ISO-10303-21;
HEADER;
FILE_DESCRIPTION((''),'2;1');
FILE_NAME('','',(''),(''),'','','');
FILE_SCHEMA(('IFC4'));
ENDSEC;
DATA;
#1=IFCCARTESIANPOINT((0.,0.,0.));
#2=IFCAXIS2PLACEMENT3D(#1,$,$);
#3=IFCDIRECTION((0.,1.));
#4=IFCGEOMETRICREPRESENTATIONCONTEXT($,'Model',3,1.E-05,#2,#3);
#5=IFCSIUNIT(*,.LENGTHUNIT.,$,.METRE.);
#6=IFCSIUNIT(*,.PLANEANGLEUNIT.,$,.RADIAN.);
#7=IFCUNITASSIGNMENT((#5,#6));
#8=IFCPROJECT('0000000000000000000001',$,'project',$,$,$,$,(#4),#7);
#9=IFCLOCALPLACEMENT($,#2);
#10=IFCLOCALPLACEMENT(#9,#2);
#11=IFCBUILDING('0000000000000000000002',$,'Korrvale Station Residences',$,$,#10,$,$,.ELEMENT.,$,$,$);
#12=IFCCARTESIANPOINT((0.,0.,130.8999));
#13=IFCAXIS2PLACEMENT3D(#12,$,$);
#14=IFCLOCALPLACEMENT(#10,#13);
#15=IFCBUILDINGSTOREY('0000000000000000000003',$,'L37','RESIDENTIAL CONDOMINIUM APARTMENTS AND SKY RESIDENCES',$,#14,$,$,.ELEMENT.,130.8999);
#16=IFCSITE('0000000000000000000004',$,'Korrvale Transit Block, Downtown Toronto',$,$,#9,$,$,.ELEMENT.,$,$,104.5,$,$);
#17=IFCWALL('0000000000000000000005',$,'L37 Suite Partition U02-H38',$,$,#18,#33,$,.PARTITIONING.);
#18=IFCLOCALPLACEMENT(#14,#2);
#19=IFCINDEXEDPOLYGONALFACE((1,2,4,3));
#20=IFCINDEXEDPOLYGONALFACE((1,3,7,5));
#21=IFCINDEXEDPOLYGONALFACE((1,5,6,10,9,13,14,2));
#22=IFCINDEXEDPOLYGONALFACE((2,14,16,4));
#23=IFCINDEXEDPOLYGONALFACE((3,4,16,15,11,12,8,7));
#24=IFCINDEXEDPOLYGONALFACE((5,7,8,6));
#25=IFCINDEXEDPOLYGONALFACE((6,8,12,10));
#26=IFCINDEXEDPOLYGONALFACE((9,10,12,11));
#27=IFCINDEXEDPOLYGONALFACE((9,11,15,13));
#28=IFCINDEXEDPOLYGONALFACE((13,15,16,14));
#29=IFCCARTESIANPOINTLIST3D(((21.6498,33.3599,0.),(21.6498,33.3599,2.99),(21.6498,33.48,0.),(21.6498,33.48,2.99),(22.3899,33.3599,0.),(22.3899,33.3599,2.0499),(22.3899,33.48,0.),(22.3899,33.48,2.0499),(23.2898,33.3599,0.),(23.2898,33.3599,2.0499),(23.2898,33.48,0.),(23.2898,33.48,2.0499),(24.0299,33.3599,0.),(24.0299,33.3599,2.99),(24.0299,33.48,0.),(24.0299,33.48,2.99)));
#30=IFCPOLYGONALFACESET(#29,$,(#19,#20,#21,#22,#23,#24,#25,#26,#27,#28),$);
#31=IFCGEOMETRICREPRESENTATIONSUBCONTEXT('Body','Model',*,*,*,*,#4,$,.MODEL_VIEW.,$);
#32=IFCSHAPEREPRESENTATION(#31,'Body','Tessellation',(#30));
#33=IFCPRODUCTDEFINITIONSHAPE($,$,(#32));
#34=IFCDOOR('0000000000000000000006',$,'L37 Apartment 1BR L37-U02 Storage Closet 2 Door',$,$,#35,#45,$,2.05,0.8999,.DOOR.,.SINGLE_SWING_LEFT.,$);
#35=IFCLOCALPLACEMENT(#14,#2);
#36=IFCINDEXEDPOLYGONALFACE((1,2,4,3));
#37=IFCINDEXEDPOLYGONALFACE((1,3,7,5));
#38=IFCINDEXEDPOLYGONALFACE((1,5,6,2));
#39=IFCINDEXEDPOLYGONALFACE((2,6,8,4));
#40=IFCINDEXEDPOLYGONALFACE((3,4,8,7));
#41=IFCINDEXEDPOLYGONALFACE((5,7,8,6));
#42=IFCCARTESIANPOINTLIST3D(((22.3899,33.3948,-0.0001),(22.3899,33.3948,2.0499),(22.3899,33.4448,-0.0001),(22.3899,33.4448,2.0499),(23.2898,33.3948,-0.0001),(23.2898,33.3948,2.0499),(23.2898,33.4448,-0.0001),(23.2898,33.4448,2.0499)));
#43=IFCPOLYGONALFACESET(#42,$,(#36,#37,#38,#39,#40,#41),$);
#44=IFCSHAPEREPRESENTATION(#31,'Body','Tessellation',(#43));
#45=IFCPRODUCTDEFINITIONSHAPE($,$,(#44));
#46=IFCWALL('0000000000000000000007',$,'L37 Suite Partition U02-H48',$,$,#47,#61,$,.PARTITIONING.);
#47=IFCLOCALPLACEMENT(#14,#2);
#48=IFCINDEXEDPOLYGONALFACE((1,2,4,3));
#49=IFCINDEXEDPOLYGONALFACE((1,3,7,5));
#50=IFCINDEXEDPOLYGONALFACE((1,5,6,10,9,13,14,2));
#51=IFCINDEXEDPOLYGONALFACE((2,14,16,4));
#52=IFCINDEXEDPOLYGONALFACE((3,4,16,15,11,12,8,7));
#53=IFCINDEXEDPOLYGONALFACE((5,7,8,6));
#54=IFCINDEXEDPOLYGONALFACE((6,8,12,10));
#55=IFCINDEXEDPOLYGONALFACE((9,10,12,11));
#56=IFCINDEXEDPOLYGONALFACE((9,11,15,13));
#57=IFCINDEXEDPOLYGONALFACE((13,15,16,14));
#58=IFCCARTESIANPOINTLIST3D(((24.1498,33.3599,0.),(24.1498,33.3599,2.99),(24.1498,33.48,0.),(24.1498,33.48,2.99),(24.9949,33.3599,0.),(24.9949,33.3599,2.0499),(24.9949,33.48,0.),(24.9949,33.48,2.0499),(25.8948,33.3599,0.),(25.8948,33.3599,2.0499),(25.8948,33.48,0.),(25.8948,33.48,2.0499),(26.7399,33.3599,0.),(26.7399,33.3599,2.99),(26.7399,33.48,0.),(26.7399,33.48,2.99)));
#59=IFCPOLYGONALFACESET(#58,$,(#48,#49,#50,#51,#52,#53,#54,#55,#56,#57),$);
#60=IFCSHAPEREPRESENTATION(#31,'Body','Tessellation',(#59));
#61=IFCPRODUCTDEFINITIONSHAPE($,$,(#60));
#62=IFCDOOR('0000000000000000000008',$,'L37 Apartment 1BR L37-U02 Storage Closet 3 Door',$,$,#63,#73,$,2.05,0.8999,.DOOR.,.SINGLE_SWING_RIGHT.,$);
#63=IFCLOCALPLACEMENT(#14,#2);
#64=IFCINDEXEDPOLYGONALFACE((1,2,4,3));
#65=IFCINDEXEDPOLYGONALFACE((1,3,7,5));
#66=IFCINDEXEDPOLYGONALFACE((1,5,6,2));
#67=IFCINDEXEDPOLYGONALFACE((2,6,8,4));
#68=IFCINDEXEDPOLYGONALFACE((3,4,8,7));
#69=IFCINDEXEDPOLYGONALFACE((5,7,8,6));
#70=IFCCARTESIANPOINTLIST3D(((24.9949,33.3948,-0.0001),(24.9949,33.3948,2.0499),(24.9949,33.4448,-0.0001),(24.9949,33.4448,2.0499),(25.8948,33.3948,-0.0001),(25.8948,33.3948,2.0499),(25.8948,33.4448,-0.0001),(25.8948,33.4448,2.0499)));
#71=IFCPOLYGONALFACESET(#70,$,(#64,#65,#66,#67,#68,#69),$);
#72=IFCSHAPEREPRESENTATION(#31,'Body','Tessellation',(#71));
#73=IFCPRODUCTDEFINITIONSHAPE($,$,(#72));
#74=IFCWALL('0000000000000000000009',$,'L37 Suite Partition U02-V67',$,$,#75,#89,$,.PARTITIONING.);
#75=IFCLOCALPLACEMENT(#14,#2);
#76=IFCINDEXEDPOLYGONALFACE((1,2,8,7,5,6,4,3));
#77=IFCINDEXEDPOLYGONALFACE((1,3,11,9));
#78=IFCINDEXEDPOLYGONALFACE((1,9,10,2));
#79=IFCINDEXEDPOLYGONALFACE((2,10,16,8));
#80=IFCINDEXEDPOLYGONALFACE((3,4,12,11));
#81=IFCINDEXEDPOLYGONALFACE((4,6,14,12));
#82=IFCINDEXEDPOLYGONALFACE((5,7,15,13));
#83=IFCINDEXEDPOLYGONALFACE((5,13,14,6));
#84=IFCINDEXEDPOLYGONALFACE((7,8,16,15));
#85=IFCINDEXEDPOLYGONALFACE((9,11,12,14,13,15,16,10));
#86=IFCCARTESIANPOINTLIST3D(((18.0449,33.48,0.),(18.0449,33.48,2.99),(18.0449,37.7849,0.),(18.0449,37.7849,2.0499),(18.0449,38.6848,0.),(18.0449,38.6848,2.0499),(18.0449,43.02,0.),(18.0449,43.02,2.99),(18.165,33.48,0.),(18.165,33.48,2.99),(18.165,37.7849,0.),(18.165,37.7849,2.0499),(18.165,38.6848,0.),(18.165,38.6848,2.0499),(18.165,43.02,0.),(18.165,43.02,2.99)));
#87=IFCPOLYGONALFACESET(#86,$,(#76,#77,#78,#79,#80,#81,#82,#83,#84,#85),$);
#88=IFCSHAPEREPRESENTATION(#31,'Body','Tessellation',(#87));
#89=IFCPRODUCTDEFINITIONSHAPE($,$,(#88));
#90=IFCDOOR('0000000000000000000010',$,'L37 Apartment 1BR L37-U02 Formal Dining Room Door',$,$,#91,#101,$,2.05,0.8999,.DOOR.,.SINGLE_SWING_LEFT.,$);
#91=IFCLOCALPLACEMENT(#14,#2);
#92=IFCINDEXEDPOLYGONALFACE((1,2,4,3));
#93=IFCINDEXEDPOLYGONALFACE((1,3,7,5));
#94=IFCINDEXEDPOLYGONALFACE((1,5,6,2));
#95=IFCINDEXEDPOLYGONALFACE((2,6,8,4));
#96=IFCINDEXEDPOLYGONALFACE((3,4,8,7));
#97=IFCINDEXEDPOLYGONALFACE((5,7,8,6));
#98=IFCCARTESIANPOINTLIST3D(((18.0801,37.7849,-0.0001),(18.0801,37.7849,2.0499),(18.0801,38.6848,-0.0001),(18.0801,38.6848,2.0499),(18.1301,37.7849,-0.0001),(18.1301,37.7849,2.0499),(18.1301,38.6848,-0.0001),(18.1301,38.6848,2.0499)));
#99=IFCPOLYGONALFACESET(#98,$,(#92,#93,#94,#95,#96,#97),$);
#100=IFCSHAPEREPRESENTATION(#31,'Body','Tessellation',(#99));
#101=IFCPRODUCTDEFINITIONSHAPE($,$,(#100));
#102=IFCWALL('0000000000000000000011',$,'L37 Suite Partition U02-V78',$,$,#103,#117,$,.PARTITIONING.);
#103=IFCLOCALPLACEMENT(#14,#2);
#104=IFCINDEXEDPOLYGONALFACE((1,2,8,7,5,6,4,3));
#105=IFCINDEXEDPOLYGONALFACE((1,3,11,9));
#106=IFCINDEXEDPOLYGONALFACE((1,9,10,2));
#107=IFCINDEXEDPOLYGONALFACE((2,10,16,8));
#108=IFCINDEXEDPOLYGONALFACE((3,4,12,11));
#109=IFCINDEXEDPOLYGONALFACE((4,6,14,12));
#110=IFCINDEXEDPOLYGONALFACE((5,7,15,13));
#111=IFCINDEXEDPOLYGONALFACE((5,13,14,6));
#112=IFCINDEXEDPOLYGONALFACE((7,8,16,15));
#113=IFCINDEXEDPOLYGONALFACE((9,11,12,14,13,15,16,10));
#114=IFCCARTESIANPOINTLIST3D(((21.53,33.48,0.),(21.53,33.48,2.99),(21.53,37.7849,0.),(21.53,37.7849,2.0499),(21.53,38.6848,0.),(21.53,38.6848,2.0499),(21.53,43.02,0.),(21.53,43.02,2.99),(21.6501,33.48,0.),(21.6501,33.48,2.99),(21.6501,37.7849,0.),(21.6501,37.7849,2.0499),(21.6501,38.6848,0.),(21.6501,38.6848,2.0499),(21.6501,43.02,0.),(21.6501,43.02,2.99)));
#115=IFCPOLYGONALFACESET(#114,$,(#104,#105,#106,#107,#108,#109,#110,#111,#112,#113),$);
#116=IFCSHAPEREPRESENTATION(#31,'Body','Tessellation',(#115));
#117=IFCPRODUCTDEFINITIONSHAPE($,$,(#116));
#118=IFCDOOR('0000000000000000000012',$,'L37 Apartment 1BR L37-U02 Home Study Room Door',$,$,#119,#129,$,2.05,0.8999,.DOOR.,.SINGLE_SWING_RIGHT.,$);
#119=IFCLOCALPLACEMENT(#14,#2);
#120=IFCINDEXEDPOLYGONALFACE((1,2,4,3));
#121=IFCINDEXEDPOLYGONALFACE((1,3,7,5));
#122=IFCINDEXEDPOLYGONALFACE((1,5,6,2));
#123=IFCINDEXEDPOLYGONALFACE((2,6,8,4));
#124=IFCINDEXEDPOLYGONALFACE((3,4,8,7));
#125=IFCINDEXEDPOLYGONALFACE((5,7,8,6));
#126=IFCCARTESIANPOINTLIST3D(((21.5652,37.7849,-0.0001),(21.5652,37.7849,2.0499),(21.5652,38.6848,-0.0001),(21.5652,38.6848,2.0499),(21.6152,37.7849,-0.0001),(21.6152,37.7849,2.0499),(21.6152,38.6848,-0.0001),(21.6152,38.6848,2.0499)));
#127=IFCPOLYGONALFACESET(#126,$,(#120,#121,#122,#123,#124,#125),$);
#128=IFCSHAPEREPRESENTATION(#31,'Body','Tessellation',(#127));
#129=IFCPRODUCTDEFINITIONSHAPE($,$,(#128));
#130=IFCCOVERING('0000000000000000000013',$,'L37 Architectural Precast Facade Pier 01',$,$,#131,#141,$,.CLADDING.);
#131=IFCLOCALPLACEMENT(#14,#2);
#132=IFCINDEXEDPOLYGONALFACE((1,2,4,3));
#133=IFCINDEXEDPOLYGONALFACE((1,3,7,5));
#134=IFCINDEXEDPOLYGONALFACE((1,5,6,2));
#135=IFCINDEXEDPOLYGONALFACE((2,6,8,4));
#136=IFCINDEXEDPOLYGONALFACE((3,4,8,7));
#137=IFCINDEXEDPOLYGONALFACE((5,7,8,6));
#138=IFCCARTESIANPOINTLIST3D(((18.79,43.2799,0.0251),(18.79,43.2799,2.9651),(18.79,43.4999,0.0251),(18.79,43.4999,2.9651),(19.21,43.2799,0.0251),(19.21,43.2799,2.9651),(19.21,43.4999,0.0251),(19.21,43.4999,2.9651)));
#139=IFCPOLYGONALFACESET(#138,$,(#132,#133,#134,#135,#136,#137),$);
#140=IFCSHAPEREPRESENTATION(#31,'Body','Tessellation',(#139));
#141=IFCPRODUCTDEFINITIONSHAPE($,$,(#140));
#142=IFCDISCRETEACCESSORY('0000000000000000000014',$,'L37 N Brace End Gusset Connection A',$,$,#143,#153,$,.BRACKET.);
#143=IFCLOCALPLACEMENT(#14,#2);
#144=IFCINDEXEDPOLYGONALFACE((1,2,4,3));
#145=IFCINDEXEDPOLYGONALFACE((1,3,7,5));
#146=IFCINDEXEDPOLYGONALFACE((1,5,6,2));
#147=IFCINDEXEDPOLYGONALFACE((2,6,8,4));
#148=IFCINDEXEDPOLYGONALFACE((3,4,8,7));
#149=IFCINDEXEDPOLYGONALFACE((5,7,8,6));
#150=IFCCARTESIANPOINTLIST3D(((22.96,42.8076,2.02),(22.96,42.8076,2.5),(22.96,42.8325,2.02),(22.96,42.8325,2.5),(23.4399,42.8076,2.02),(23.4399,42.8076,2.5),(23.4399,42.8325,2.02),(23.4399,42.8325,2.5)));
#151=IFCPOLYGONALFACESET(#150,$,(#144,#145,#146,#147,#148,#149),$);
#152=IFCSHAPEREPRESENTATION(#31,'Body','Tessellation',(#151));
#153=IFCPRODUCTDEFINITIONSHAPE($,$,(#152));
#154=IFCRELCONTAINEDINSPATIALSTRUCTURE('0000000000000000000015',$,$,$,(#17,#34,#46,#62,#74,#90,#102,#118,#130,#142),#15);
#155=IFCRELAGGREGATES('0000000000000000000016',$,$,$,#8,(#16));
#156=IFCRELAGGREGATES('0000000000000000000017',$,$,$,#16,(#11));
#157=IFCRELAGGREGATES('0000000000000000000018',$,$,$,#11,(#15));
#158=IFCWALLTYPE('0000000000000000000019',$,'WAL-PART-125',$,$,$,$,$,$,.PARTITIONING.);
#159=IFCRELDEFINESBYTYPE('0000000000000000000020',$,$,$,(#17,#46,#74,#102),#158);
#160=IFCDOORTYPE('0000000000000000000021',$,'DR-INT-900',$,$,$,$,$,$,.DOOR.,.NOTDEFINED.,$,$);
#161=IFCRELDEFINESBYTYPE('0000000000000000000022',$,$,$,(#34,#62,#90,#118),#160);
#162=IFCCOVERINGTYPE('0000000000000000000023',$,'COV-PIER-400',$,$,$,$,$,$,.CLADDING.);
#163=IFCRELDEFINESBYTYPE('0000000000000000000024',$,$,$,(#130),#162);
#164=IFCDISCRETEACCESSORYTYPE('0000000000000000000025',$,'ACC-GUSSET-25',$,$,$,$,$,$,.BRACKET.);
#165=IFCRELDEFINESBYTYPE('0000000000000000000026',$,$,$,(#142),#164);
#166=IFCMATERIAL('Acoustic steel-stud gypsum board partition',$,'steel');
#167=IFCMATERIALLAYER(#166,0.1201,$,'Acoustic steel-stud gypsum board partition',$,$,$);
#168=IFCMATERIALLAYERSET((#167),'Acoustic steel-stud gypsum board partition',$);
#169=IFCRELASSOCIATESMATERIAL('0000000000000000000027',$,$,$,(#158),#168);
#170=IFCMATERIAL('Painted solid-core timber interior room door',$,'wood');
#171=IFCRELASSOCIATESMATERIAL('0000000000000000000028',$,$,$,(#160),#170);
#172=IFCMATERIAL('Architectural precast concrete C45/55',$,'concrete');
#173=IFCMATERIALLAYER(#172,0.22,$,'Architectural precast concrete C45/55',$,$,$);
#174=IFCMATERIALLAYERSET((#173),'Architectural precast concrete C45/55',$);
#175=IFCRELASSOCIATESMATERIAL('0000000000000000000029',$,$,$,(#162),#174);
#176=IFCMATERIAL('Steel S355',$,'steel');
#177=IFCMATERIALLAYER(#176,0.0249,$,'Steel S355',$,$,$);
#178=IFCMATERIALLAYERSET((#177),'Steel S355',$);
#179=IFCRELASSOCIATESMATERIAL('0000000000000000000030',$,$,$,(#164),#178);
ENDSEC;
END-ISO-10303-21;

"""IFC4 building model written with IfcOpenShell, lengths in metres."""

from ifc_helpers import new_model, si_unit, direction, frame, frame_2d, origin, origin_2d, place, context, subcontext, project, spatial, rectangle, extrude, material, layer, layer_set, type_object, element, fill, save


model = new_model("IFC4")

# Units and contexts
model_context = context("Model", 3, precision=1e-05, world=origin(), true_north=direction((0.0, 1.0)))
body_context = subcontext(model_context, "Body", "Model", "MODEL_VIEW")
ifc_project = project(units=[si_unit("LENGTHUNIT", "METRE"), si_unit("PLANEANGLEUNIT", "RADIAN")], contexts=[model_context])

# Site, building, storey
site_placement = place(None, origin())
site = spatial("IfcSite", under=ifc_project, at=site_placement, Name="Korrvale Transit Block, Downtown Toronto", CompositionType="ELEMENT", RefElevation=104.5)
building_placement = place(site_placement, origin())
building = spatial("IfcBuilding", under=site, at=building_placement, Name="Korrvale Station Residences", CompositionType="ELEMENT")
storey_placement = place(building_placement, frame((0.0, 0.0, 130.8999)))
storey = spatial("IfcBuildingStorey", under=building, at=storey_placement, Name="L37", Description="RESIDENTIAL CONDOMINIUM APARTMENTS AND SKY RESIDENCES", CompositionType="ELEMENT", Elevation=130.8999)

# Shared definitions
ifc_material_1 = material(Name="Steel S355", Category="steel")

# Shared definitions
ifc_material_2 = material(Name="Acoustic steel-stud gypsum board partition", Category="steel")
ifc_layer_1 = layer(ifc_material_2, 0.1201, Name="Acoustic steel-stud gypsum board partition")
ifc_layer_set_1 = layer_set([ifc_layer_1], Name="Acoustic steel-stud gypsum board partition")
wall_type = type_object("IfcWallType", Name="WAL-PART-125", PredefinedType="PARTITIONING", material=ifc_layer_set_1)
ifc_material_3 = material(Name="Painted solid-core timber interior room door", Category="wood")
door_type = type_object("IfcDoorType", Name="DR-INT-900", OperationType="NOTDEFINED", PredefinedType="DOOR", material=ifc_material_3)

# Walls, openings, doors
wall_1_placement = place(storey_placement, frame((21.6499, 33.4199, 0.0), z_axis=(0.0, 0.0, 1.0), x_axis=(1.0, 0.0, 0.0)))
wall_1 = element("IfcWall", 1, at=wall_1_placement, inside=storey, type_object=wall_type, Name="L37 Suite Partition U02-H38", PredefinedType="PARTITIONING", context=body_context, shape_type="SweptSolid", body=[
    extrude(rectangle(XDim=2.3801, YDim=0.1201, at=frame_2d((1.1899, 0.0))), origin(), (0.0, 0.0, 1.0), 2.99),
])
opening_1_placement = place(wall_1_placement, frame((0.74, 0.0, 0.0)))
opening_1 = element("IfcOpeningElement", 2, at=opening_1_placement, cuts=wall_1, PredefinedType="OPENING", context=body_context, shape_type="SweptSolid", body=[
    extrude(rectangle(XDim=0.8999, YDim=2.05, at=frame_2d((0.45, 1.0249))), frame((0.0, 0.0701, 0.0), z_axis=(0.0, -1.0, 0.0), x_axis=(1.0, 0.0, 0.0)), (0.0, 0.0, 1.0), 0.1401),
])
door_1_placement = place(opening_1_placement, origin())
door_1 = element("IfcDoor", 3, at=door_1_placement, inside=storey, type_object=door_type, Name="L37 Apartment 1BR L37-U02 Storage Closet 2 Door", OperationType="SINGLE_SWING_LEFT", OverallHeight=2.05, OverallWidth=0.8999, PredefinedType="DOOR", context=body_context, shape_type="SweptSolid", body=[
    extrude(rectangle(XDim=0.8999, YDim=2.05, at=frame_2d((0.45, 1.0249))), frame((0.0, 0.0249, 0.0), z_axis=(0.0, -1.0, 0.0), x_axis=(1.0, 0.0, 0.0)), (0.0, 0.0, 1.0), 0.05),
])
fill(opening_1, door_1)
wall_2_placement = place(storey_placement, frame((24.1499, 33.4199, 0.0), z_axis=(0.0, 0.0, 1.0), x_axis=(1.0, 0.0, 0.0)))
wall_2 = element("IfcWall", 4, at=wall_2_placement, inside=storey, type_object=wall_type, Name="L37 Suite Partition U02-H48", PredefinedType="PARTITIONING", context=body_context, shape_type="SweptSolid", body=[
    extrude(rectangle(XDim=2.5901, YDim=0.1201, at=frame_2d((1.2949, 0.0))), origin(), (0.0, 0.0, 1.0), 2.99),
])
opening_2_placement = place(wall_2_placement, frame((0.845, 0.0, 0.0)))
opening_2 = element("IfcOpeningElement", 5, at=opening_2_placement, cuts=wall_2, PredefinedType="OPENING", context=body_context, shape_type="SweptSolid", body=[
    extrude(rectangle(XDim=0.8999, YDim=2.05, at=frame_2d((0.45, 1.0249))), frame((0.0, 0.0701, 0.0), z_axis=(0.0, -1.0, 0.0), x_axis=(1.0, 0.0, 0.0)), (0.0, 0.0, 1.0), 0.1401),
])
door_2_placement = place(opening_2_placement, origin())
door_2 = element("IfcDoor", 6, at=door_2_placement, inside=storey, type_object=door_type, Name="L37 Apartment 1BR L37-U02 Storage Closet 3 Door", OperationType="SINGLE_SWING_RIGHT", OverallHeight=2.05, OverallWidth=0.8999, PredefinedType="DOOR", context=body_context, shape_type="SweptSolid", body=[
    extrude(rectangle(XDim=0.8999, YDim=2.05, at=frame_2d((0.45, 1.0249))), frame((0.0, 0.0249, 0.0), z_axis=(0.0, -1.0, 0.0), x_axis=(1.0, 0.0, 0.0)), (0.0, 0.0, 1.0), 0.05),
])
fill(opening_2, door_2)
wall_3_placement = place(storey_placement, frame((18.105, 33.48, 0.0), z_axis=(0.0, 0.0, 1.0), x_axis=(0.0, 1.0, 0.0)))
wall_3 = element("IfcWall", 7, at=wall_3_placement, inside=storey, type_object=wall_type, Name="L37 Suite Partition U02-V67", PredefinedType="PARTITIONING", context=body_context, shape_type="SweptSolid", body=[
    extrude(rectangle(XDim=9.54, YDim=0.1201, at=frame_2d((4.77, 0.0))), origin(), (0.0, 0.0, 1.0), 2.99),
])
opening_3_placement = place(wall_3_placement, frame((4.3049, 0.0, 0.0)))
opening_3 = element("IfcOpeningElement", 8, at=opening_3_placement, cuts=wall_3, PredefinedType="OPENING", context=body_context, shape_type="SweptSolid", body=[
    extrude(rectangle(XDim=0.8999, YDim=2.05, at=frame_2d((0.45, 1.0249))), frame((0.0, 0.0701, 0.0), z_axis=(0.0, -1.0, 0.0), x_axis=(1.0, 0.0, 0.0)), (0.0, 0.0, 1.0), 0.1401),
])
door_3_placement = place(opening_3_placement, origin())
door_3 = element("IfcDoor", 9, at=door_3_placement, inside=storey, type_object=door_type, Name="L37 Apartment 1BR L37-U02 Formal Dining Room Door", OperationType="SINGLE_SWING_LEFT", OverallHeight=2.05, OverallWidth=0.8999, PredefinedType="DOOR", context=body_context, shape_type="SweptSolid", body=[
    extrude(rectangle(XDim=0.8999, YDim=2.05, at=frame_2d((0.45, 1.0249))), frame((0.0, 0.0249, 0.0), z_axis=(0.0, -1.0, 0.0), x_axis=(1.0, 0.0, 0.0)), (0.0, 0.0, 1.0), 0.05),
])
fill(opening_3, door_3)
wall_4_placement = place(storey_placement, frame((21.5901, 33.48, 0.0), z_axis=(0.0, 0.0, 1.0), x_axis=(0.0, 1.0, 0.0)))
wall_4 = element("IfcWall", 10, at=wall_4_placement, inside=storey, type_object=wall_type, Name="L37 Suite Partition U02-V78", PredefinedType="PARTITIONING", context=body_context, shape_type="SweptSolid", body=[
    extrude(rectangle(XDim=9.54, YDim=0.1201, at=frame_2d((4.77, 0.0))), origin(), (0.0, 0.0, 1.0), 2.99),
])
opening_4_placement = place(wall_4_placement, frame((4.3049, 0.0, 0.0)))
opening_4 = element("IfcOpeningElement", 11, at=opening_4_placement, cuts=wall_4, PredefinedType="OPENING", context=body_context, shape_type="SweptSolid", body=[
    extrude(rectangle(XDim=0.8999, YDim=2.05, at=frame_2d((0.45, 1.0249))), frame((0.0, 0.0701, 0.0), z_axis=(0.0, -1.0, 0.0), x_axis=(1.0, 0.0, 0.0)), (0.0, 0.0, 1.0), 0.1401),
])
door_4_placement = place(opening_4_placement, origin())
door_4 = element("IfcDoor", 12, at=door_4_placement, inside=storey, type_object=door_type, Name="L37 Apartment 1BR L37-U02 Home Study Room Door", OperationType="SINGLE_SWING_RIGHT", OverallHeight=2.05, OverallWidth=0.8999, PredefinedType="DOOR", context=body_context, shape_type="SweptSolid", body=[
    extrude(rectangle(XDim=0.8999, YDim=2.05, at=frame_2d((0.45, 1.0249))), frame((0.0, 0.0249, 0.0), z_axis=(0.0, -1.0, 0.0), x_axis=(1.0, 0.0, 0.0)), (0.0, 0.0, 1.0), 0.05),
])
fill(opening_4, door_4)

# Covering
ifc_material_4 = material(Name="Architectural precast concrete C45/55", Category="concrete")
ifc_layer_2 = layer(ifc_material_4, 0.22, Name="Architectural precast concrete C45/55")
ifc_layer_set_2 = layer_set([ifc_layer_2], Name="Architectural precast concrete C45/55")
covering_type = type_object("IfcCoveringType", Name="COV-PIER-400", PredefinedType="CLADDING", material=ifc_layer_set_2)
covering_placement = place(storey_placement, frame((19.0, 43.3899, 0.0251), z_axis=(0.0, 0.0, 1.0), x_axis=(1.0, 0.0, 0.0)))
element("IfcCovering", 13, at=covering_placement, inside=storey, type_object=covering_type, Name="L37 Architectural Precast Facade Pier 01", PredefinedType="CLADDING", context=body_context, shape_type="SweptSolid", body=[
    extrude(rectangle(XDim=0.4199, YDim=0.22, at=origin_2d()), origin(), (0.0, 0.0, 1.0), 2.9399),
])

# Discrete accessory
ifc_layer_3 = layer(ifc_material_1, 0.0249, Name="Steel S355")
ifc_layer_set_3 = layer_set([ifc_layer_3], Name="Steel S355")
discrete_accessory_type = type_object("IfcDiscreteAccessoryType", Name="ACC-GUSSET-25", PredefinedType="BRACKET", material=ifc_layer_set_3)
discrete_accessory_placement = place(storey_placement, frame((23.2, 42.8201, 2.02), z_axis=(0.0, 0.0, 1.0), x_axis=(1.0, 0.0, 0.0)))
element("IfcDiscreteAccessory", 14, at=discrete_accessory_placement, inside=storey, type_object=discrete_accessory_type, Name="L37 N Brace End Gusset Connection A", PredefinedType="BRACKET", context=body_context, shape_type="SweptSolid", body=[
    extrude(rectangle(XDim=0.48, YDim=0.0249, at=origin_2d()), origin(), (0.0, 0.0, 1.0), 0.48),
])

save(model, "model.ifc")
